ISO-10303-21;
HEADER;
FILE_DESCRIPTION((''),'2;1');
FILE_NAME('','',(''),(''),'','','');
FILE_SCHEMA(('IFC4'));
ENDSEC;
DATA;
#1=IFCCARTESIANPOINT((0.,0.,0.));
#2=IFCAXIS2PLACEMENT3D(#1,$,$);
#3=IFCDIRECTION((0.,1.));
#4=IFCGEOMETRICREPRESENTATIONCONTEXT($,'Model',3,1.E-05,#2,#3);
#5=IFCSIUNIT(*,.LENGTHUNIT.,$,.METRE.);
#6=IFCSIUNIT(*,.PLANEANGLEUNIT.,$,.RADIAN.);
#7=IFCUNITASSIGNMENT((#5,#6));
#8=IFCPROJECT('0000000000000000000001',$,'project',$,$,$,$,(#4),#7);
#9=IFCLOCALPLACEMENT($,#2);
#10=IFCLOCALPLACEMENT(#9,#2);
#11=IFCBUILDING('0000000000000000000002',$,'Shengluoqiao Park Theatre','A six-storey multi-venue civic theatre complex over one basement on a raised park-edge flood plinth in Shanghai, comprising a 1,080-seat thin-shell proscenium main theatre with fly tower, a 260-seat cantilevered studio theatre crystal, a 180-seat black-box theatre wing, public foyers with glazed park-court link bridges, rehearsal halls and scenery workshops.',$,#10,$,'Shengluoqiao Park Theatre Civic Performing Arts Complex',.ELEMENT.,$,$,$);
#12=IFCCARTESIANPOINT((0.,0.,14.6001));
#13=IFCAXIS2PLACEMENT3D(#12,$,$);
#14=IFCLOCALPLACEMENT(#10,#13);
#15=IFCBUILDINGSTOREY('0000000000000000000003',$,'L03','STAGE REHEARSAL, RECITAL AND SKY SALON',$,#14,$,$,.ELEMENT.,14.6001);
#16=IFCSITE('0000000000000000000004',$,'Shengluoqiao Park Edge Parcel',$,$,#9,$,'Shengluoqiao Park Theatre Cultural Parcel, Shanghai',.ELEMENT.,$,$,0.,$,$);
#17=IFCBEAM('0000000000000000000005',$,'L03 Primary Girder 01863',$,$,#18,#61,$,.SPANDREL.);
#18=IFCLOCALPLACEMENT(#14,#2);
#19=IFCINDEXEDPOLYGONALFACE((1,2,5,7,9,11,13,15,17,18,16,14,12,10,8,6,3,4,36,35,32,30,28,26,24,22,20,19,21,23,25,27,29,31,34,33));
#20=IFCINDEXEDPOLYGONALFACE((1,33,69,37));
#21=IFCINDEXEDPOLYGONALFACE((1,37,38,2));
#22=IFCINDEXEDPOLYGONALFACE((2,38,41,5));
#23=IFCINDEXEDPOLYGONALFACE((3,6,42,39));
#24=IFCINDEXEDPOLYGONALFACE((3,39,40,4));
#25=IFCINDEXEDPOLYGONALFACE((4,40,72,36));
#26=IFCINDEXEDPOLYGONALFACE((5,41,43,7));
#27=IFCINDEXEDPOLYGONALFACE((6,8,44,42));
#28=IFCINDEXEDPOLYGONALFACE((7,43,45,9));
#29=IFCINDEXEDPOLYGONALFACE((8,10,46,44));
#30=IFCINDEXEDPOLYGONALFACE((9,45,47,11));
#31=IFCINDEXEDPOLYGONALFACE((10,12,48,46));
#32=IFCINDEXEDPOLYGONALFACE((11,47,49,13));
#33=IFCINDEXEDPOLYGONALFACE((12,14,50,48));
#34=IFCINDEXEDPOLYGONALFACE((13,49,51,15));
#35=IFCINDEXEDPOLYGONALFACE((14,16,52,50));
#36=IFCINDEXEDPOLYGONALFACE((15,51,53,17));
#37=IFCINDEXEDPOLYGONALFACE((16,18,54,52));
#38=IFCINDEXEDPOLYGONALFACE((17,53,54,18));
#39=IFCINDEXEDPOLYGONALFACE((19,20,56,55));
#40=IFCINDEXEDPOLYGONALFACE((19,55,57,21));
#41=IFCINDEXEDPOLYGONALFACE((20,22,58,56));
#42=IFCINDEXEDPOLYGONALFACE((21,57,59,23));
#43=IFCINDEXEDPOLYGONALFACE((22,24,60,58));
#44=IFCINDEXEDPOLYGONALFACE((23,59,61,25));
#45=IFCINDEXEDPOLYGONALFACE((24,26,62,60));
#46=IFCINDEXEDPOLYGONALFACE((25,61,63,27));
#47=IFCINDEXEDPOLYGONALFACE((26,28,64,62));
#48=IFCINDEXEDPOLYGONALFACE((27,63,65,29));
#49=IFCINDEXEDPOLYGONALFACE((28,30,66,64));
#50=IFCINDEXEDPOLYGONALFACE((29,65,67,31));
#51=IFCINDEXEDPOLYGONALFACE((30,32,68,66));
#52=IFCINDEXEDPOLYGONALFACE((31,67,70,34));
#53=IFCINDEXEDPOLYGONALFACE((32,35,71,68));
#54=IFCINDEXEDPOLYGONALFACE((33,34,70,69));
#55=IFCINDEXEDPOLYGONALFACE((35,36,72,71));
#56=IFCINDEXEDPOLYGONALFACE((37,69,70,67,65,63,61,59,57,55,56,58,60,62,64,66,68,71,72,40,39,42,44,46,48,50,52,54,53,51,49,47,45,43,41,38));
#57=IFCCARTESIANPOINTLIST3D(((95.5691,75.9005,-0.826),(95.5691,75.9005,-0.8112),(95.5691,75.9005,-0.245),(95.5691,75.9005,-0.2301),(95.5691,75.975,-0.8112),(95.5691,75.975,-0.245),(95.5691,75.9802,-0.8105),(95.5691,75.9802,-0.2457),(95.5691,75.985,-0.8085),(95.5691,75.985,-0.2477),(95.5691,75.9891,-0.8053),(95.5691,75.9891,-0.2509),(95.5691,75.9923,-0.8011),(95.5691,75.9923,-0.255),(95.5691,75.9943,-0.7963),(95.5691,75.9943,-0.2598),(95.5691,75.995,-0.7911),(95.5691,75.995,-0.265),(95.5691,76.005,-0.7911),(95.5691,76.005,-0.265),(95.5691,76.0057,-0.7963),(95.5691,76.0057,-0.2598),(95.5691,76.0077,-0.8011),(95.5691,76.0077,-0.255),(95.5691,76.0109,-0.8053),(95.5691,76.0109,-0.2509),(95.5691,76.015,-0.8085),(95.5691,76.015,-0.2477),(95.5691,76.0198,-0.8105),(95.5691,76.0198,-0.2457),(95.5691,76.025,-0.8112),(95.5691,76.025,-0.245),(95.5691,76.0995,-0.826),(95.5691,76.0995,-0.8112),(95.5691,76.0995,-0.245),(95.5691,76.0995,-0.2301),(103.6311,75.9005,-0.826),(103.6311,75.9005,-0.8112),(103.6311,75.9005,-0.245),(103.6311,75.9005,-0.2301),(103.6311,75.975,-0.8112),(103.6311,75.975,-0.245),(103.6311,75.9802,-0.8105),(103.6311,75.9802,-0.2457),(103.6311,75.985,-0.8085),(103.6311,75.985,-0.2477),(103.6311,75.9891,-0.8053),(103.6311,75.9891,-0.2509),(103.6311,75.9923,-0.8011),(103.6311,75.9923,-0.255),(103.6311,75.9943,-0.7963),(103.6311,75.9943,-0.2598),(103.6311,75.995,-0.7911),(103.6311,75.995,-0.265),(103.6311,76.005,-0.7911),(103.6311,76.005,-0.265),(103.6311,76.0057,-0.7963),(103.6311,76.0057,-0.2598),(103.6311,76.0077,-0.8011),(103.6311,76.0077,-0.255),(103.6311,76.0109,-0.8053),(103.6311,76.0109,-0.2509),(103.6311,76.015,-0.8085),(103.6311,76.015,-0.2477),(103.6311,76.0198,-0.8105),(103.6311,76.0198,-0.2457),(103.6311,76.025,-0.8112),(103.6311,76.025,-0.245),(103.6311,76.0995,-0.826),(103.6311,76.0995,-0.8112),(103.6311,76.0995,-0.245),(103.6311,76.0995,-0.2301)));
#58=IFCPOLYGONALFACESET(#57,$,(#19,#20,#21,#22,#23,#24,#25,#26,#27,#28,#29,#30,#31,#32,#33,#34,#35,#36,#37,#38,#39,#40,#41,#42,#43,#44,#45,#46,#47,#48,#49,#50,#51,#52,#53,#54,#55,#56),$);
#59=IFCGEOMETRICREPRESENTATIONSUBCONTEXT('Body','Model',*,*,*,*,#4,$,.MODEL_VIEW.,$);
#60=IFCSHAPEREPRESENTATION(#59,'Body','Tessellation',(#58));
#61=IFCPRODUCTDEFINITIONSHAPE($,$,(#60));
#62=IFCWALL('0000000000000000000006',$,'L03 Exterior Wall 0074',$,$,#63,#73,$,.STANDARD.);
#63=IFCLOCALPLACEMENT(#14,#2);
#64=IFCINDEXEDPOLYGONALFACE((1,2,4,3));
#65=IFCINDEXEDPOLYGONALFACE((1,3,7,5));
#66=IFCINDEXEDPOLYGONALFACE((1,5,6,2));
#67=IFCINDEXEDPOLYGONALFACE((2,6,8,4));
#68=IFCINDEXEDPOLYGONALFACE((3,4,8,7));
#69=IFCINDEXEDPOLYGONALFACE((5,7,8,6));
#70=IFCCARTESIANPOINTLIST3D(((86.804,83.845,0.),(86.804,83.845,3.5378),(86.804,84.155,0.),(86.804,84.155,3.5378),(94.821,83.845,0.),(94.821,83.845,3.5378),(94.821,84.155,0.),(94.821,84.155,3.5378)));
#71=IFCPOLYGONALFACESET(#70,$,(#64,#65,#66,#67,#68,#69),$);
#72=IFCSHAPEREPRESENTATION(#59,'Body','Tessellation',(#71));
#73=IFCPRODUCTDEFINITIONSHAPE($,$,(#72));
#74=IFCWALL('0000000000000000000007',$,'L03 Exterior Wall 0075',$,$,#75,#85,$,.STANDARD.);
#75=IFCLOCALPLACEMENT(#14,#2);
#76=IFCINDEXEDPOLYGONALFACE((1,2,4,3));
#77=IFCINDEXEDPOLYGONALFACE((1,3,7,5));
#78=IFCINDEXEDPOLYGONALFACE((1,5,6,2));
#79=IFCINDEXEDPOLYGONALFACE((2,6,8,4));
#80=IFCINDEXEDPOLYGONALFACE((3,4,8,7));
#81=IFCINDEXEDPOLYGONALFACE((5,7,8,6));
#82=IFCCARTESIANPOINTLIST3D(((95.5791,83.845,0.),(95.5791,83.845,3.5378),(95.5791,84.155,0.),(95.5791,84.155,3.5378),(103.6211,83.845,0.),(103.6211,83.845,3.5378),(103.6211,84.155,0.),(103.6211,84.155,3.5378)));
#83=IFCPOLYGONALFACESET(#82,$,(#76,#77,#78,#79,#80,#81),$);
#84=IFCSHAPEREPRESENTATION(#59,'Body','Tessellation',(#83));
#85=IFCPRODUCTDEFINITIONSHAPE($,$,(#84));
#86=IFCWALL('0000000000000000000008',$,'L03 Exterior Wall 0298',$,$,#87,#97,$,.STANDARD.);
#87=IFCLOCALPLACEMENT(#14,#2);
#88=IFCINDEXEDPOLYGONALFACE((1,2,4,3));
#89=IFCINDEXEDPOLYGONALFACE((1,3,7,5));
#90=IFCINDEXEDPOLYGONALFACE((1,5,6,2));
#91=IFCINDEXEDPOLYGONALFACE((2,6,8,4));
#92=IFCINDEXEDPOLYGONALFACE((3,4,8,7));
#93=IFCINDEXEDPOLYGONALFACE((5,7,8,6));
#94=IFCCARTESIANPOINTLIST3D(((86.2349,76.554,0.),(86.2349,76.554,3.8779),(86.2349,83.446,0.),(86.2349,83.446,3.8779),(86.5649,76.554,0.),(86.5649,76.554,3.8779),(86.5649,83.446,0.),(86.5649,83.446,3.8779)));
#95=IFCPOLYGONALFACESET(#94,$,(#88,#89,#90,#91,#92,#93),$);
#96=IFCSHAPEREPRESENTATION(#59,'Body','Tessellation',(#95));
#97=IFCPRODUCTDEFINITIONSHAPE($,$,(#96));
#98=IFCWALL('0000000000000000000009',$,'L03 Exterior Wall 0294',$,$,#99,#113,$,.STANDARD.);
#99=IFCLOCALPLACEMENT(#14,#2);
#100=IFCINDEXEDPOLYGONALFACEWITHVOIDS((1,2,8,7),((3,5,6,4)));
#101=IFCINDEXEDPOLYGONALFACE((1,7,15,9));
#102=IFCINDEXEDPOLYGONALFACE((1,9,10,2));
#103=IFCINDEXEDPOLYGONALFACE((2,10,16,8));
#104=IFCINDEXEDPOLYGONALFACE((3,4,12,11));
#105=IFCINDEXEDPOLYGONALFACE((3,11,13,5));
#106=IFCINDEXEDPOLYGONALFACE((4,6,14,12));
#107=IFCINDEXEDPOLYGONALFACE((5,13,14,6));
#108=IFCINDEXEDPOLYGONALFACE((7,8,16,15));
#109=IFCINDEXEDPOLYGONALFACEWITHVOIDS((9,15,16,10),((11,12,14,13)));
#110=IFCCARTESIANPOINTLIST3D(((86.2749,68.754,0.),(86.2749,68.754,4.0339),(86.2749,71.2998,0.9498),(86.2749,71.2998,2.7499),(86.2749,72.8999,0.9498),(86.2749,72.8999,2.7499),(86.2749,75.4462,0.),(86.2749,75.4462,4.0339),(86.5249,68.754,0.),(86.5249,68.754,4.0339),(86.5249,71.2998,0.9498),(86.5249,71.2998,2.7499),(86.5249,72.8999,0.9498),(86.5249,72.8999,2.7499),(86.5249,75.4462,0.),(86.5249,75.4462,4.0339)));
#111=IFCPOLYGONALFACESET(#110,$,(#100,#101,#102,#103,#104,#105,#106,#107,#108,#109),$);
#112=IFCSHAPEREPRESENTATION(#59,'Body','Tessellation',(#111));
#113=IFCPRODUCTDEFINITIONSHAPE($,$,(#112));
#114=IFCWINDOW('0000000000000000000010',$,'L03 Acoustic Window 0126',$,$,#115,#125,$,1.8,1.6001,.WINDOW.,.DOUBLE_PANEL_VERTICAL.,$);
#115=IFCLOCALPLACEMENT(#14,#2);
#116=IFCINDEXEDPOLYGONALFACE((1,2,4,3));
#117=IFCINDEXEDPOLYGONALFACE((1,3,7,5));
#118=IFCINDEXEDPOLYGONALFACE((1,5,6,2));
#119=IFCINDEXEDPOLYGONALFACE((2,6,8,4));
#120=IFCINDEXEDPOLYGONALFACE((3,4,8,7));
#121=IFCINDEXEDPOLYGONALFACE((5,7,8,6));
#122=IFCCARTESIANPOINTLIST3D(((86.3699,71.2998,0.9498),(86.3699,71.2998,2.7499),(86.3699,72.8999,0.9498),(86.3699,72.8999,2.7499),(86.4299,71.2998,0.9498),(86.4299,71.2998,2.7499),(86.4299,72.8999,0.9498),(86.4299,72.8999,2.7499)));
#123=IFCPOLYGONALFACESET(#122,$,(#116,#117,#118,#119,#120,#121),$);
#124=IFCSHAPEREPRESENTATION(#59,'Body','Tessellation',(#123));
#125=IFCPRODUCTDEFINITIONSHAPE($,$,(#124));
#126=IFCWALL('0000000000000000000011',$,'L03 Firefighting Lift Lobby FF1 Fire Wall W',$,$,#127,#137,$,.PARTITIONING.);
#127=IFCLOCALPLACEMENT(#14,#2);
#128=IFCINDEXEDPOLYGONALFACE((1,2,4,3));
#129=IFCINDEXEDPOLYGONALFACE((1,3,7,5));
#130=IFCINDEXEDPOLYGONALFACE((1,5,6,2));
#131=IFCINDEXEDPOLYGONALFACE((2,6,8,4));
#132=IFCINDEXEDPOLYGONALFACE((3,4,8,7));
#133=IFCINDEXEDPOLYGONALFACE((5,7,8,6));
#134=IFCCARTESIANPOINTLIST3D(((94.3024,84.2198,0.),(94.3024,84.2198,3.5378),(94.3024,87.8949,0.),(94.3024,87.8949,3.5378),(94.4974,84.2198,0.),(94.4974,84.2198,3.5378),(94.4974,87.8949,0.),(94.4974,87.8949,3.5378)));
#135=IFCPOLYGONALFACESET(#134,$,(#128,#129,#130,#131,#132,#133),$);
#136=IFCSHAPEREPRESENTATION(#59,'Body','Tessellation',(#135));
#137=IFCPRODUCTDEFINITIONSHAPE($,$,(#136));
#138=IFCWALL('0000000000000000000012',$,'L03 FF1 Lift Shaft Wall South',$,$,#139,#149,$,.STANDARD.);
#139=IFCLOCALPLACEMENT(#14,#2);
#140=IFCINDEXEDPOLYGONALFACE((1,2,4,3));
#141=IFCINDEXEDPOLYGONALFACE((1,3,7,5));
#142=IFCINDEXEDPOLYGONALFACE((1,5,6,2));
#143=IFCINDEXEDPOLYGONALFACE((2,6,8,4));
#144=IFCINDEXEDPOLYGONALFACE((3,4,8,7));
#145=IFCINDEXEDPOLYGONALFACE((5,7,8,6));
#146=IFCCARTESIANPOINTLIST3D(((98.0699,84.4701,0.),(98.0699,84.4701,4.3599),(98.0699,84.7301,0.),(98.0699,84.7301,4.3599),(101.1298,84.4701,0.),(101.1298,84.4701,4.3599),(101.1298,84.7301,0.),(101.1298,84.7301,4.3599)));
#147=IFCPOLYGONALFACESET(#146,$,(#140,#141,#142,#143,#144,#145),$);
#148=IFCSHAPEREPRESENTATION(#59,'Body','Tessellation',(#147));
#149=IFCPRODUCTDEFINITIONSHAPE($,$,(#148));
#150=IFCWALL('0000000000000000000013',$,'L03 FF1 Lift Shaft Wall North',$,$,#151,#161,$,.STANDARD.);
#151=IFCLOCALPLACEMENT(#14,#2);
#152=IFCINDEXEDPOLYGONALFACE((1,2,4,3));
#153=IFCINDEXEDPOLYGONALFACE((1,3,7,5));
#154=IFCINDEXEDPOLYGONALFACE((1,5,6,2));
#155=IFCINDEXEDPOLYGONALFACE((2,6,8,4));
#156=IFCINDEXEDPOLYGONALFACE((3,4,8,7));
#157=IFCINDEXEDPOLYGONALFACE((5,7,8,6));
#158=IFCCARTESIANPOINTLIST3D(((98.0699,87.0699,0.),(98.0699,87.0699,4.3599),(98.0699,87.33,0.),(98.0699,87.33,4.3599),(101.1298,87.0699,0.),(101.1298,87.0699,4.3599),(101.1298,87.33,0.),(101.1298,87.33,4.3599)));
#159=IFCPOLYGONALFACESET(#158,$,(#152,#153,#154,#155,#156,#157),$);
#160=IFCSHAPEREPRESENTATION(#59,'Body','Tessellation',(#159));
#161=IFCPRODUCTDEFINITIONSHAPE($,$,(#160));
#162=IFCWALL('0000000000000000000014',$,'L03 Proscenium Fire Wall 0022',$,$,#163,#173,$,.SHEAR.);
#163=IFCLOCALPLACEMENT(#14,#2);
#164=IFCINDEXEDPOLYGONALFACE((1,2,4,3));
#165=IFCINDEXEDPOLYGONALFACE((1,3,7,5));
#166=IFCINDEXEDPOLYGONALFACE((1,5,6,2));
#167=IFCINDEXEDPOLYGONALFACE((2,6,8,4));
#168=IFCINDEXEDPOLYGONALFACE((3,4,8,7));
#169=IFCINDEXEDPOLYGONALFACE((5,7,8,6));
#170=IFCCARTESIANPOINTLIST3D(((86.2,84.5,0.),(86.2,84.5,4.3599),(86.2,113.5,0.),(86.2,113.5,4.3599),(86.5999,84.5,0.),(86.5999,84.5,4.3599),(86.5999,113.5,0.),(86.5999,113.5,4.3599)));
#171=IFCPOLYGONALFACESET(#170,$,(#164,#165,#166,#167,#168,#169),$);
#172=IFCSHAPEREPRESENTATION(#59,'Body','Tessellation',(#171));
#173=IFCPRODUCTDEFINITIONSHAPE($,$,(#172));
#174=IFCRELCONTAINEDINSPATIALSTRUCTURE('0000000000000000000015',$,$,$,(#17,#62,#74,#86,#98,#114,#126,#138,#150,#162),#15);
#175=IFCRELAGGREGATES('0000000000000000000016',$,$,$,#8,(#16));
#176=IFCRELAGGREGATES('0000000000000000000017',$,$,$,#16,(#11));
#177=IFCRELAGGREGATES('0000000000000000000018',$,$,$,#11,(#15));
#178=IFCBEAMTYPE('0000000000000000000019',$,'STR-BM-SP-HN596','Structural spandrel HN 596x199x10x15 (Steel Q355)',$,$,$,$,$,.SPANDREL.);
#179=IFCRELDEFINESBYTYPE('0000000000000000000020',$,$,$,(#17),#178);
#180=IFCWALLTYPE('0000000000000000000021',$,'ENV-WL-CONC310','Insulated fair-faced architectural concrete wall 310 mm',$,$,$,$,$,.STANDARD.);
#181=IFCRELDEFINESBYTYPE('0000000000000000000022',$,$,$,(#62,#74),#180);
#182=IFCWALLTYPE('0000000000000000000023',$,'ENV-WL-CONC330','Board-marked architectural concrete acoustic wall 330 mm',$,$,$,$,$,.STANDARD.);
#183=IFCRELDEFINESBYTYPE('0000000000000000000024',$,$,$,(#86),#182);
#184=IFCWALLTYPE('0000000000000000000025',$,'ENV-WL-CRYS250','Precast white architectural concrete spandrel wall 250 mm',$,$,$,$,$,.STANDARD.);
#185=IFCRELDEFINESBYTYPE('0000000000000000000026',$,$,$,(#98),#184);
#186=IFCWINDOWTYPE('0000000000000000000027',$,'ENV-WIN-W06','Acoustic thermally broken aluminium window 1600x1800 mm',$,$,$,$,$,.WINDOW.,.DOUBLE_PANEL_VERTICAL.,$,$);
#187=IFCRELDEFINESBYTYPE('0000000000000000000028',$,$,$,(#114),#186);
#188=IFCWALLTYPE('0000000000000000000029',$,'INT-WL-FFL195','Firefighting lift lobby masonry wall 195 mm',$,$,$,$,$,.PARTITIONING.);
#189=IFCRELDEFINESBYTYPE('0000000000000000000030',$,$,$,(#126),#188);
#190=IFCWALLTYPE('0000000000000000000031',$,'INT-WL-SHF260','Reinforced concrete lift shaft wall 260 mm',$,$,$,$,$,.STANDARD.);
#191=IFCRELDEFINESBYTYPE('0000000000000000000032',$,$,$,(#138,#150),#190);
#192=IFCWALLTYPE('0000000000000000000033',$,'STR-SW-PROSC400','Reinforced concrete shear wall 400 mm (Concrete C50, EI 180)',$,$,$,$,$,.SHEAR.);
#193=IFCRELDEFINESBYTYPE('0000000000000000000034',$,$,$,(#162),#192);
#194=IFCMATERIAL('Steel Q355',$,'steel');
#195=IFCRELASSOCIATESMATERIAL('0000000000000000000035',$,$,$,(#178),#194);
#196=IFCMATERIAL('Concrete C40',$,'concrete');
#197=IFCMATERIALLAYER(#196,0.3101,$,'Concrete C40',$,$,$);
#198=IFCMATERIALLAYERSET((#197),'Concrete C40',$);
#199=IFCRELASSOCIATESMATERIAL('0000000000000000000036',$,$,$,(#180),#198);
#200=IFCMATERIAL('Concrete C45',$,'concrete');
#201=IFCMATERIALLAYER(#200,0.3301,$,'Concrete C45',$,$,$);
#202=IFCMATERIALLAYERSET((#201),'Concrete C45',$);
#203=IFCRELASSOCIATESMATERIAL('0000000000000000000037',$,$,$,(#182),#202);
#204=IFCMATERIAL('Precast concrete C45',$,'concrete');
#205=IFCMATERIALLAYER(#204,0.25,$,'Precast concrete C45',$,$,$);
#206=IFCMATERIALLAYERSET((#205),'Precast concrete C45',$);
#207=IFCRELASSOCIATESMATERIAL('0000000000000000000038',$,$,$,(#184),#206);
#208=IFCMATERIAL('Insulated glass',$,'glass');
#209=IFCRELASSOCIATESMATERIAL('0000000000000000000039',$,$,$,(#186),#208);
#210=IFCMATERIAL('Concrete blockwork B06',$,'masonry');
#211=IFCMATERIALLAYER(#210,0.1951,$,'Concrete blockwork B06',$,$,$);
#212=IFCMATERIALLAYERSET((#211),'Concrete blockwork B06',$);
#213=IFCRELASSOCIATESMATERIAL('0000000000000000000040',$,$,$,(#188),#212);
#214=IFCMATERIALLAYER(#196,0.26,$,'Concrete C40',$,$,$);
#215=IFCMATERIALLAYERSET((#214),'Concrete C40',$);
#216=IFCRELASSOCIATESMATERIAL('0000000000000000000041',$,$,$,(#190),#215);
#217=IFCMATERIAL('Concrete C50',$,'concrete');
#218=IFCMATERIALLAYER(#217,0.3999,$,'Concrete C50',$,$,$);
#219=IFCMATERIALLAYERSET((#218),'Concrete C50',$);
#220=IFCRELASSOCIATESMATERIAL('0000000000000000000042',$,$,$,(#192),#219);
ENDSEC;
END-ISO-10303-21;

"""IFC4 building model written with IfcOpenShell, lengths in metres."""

from ifc_helpers import new_model, si_unit, direction, frame, frame_2d, origin, origin_2d, place, context, subcontext, project, spatial, rectangle, i_section, extrude, material, layer, layer_set, material_profile, profile_set, type_object, element, fill, save


model = new_model("IFC4")

# Units and contexts
model_context = context("Model", 3, precision=1e-05, world=origin(), true_north=direction((0.0, 1.0)))
body_context = subcontext(model_context, "Body", "Model", "MODEL_VIEW")
ifc_project = project(units=[si_unit("LENGTHUNIT", "METRE"), si_unit("PLANEANGLEUNIT", "RADIAN")], contexts=[model_context])

# Site, building, storey
site_placement = place(None, origin())
site = spatial("IfcSite", under=ifc_project, at=site_placement, Name="Shengluoqiao Park Edge Parcel", LongName="Shengluoqiao Park Theatre Cultural Parcel, Shanghai", CompositionType="ELEMENT", RefElevation=0.0)
building_placement = place(site_placement, origin())
building = spatial("IfcBuilding", under=site, at=building_placement, Name="Shengluoqiao Park Theatre", Description="A six-storey multi-venue civic theatre complex over one basement on a raised park-edge flood plinth in Shanghai, comprising a 1,080-seat thin-shell proscenium main theatre with fly tower, a 260-seat cantilevered studio theatre crystal, a 180-seat black-box theatre wing, public foyers with glazed park-court link bridges, rehearsal halls and scenery workshops.", LongName="Shengluoqiao Park Theatre Civic Performing Arts Complex", CompositionType="ELEMENT")
storey_placement = place(building_placement, frame((0.0, 0.0, 14.6001)))
storey = spatial("IfcBuildingStorey", under=building, at=storey_placement, Name="L03", Description="STAGE REHEARSAL, RECITAL AND SKY SALON", CompositionType="ELEMENT", Elevation=14.6001)

# Shared definitions
ifc_material_1 = material(Name="Concrete C50", Category="concrete")

# Beam
ifc_material_2 = material(Name="Steel Q355", Category="steel")
ifc_material_profile_1 = material_profile(ifc_material_2, i_section(OverallWidth=0.199, OverallDepth=0.5959, WebThickness=0.01, FlangeThickness=0.0149, FilletRadius=0.02, at=origin_2d()), Name="HN 596x199x10x15")
ifc_profile_set_1 = profile_set([ifc_material_profile_1], Name="Steel Q355")
beam_type_1 = type_object("IfcBeamType", Name="STR-BM-SP-HN596", Description="Structural spandrel HN 596x199x10x15 (Steel Q355)", PredefinedType="SPANDREL", material=ifc_profile_set_1)
beam_1_placement = place(storey_placement, frame((95.5691, 76.0, -0.5281), z_axis=(1.0, 0.0, 0.0), x_axis=(0.0, 1.0, 0.0)))
element("IfcBeam", 1, at=beam_1_placement, inside=storey, type_object=beam_type_1, Name="L03 Primary Girder 01863", PredefinedType="SPANDREL", context=body_context, shape_type="SweptSolid", body=[
    extrude(i_section(OverallWidth=0.199, OverallDepth=0.5959, WebThickness=0.01, FlangeThickness=0.0149, FilletRadius=0.02, at=origin_2d()), origin(), (0.0, 0.0, 1.0), 8.062),
])

# Walls
ifc_material_3 = material(Name="Concrete C40", Category="concrete")
ifc_layer_1 = layer(ifc_material_3, 0.3101, Name="Concrete C40")
ifc_layer_set_1 = layer_set([ifc_layer_1], Name="Concrete C40")
wall_type_1 = type_object("IfcWallType", Name="ENV-WL-CONC310", Description="Insulated fair-faced architectural concrete wall 310 mm", PredefinedType="STANDARD", material=ifc_layer_set_1)
wall_1_placement = place(storey_placement, frame((86.804, 84.0, 0.0), z_axis=(0.0, 0.0, 1.0), x_axis=(1.0, 0.0, 0.0)))
element("IfcWall", 2, at=wall_1_placement, inside=storey, type_object=wall_type_1, Name="L03 Exterior Wall 0074", PredefinedType="STANDARD", context=body_context, shape_type="SweptSolid", body=[
    extrude(rectangle(XDim=8.0171, YDim=0.3101, at=frame_2d((4.0085, 0.0))), origin(), (0.0, 0.0, 1.0), 3.5378),
])
wall_2_placement = place(storey_placement, frame((95.5791, 84.0, 0.0), z_axis=(0.0, 0.0, 1.0), x_axis=(1.0, 0.0, 0.0)))
element("IfcWall", 3, at=wall_2_placement, inside=storey, type_object=wall_type_1, Name="L03 Exterior Wall 0075", PredefinedType="STANDARD", context=body_context, shape_type="SweptSolid", body=[
    extrude(rectangle(XDim=8.042, YDim=0.3101, at=frame_2d((4.021, 0.0))), origin(), (0.0, 0.0, 1.0), 3.5378),
])
ifc_material_4 = material(Name="Concrete C45", Category="concrete")
ifc_layer_2 = layer(ifc_material_4, 0.3301, Name="Concrete C45")
ifc_layer_set_2 = layer_set([ifc_layer_2], Name="Concrete C45")
wall_type_2 = type_object("IfcWallType", Name="ENV-WL-CONC330", Description="Board-marked architectural concrete acoustic wall 330 mm", PredefinedType="STANDARD", material=ifc_layer_set_2)
wall_3_placement = place(storey_placement, frame((86.3999, 76.554, 0.0), z_axis=(0.0, 0.0, 1.0), x_axis=(0.0, 1.0, 0.0)))
element("IfcWall", 4, at=wall_3_placement, inside=storey, type_object=wall_type_2, Name="L03 Exterior Wall 0298", PredefinedType="STANDARD", context=body_context, shape_type="SweptSolid", body=[
    extrude(rectangle(XDim=6.8921, YDim=0.3301, at=frame_2d((3.446, 0.0))), origin(), (0.0, 0.0, 1.0), 3.8779),
])

# Wall, opening, window
ifc_material_5 = material(Name="Precast concrete C45", Category="concrete")
ifc_layer_3 = layer(ifc_material_5, 0.25, Name="Precast concrete C45")
ifc_layer_set_3 = layer_set([ifc_layer_3], Name="Precast concrete C45")
wall_type_3 = type_object("IfcWallType", Name="ENV-WL-CRYS250", Description="Precast white architectural concrete spandrel wall 250 mm", PredefinedType="STANDARD", material=ifc_layer_set_3)
wall_4_placement = place(storey_placement, frame((86.3999, 68.7539, 0.0), z_axis=(0.0, 0.0, 1.0), x_axis=(0.0, 1.0, 0.0)))
wall_4 = element("IfcWall", 5, at=wall_4_placement, inside=storey, type_object=wall_type_3, Name="L03 Exterior Wall 0294", PredefinedType="STANDARD", context=body_context, shape_type="SweptSolid", body=[
    extrude(rectangle(XDim=6.6921, YDim=0.25, at=frame_2d((3.3462, 0.0))), origin(), (0.0, 0.0, 1.0), 4.0339),
])
opening_1_placement = place(wall_4_placement, frame((2.5459, 0.0, 0.95)))
opening_1 = element("IfcOpeningElement", 6, at=opening_1_placement, cuts=wall_4, PredefinedType="OPENING", context=body_context, shape_type="SweptSolid", body=[
    extrude(rectangle(XDim=1.6001, YDim=1.8, at=frame_2d((0.8, 0.8999))), frame((0.0, 0.135, 0.0), z_axis=(0.0, -1.0, 0.0), x_axis=(1.0, 0.0, 0.0)), (0.0, 0.0, 1.0), 0.27),
])
ifc_material_6 = material(Name="Insulated glass", Category="glass")
window_type = type_object("IfcWindowType", Name="ENV-WIN-W06", Description="Acoustic thermally broken aluminium window 1600x1800 mm", PartitioningType="DOUBLE_PANEL_VERTICAL", PredefinedType="WINDOW", material=ifc_material_6)
window_placement = place(opening_1_placement, origin())
window = element("IfcWindow", 7, at=window_placement, inside=storey, type_object=window_type, Name="L03 Acoustic Window 0126", OverallHeight=1.8, OverallWidth=1.6001, PartitioningType="DOUBLE_PANEL_VERTICAL", PredefinedType="WINDOW", context=body_context, shape_type="SweptSolid", body=[
    extrude(rectangle(XDim=1.6001, YDim=1.8, at=frame_2d((0.8, 0.8999))), frame((0.0, 0.03, 0.0), z_axis=(0.0, -1.0, 0.0), x_axis=(1.0, 0.0, 0.0)), (0.0, 0.0, 1.0), 0.0601),
])
fill(opening_1, window)

# Walls
ifc_material_7 = material(Name="Concrete blockwork B06", Category="masonry")
ifc_layer_4 = layer(ifc_material_7, 0.1951, Name="Concrete blockwork B06")
ifc_layer_set_4 = layer_set([ifc_layer_4], Name="Concrete blockwork B06")
wall_type_4 = type_object("IfcWallType", Name="INT-WL-FFL195", Description="Firefighting lift lobby masonry wall 195 mm", PredefinedType="PARTITIONING", material=ifc_layer_set_4)
wall_5_placement = place(storey_placement, frame((94.3999, 84.22, 0.0), z_axis=(0.0, 0.0, 1.0), x_axis=(0.0, 1.0, 0.0)))
element("IfcWall", 8, at=wall_5_placement, inside=storey, type_object=wall_type_4, Name="L03 Firefighting Lift Lobby FF1 Fire Wall W", PredefinedType="PARTITIONING", context=body_context, shape_type="SweptSolid", body=[
    extrude(rectangle(XDim=3.675, YDim=0.1951, at=frame_2d((1.8374, 0.0))), origin(), (0.0, 0.0, 1.0), 3.5378),
])
ifc_layer_5 = layer(ifc_material_3, 0.26, Name="Concrete C40")
ifc_layer_set_5 = layer_set([ifc_layer_5], Name="Concrete C40")
wall_type_5 = type_object("IfcWallType", Name="INT-WL-SHF260", Description="Reinforced concrete lift shaft wall 260 mm", PredefinedType="STANDARD", material=ifc_layer_set_5)
for number, where, z_axis, x_axis, name in (
    (9, (98.0701, 84.6001, 0.0), (0.0, 0.0, 1.0), (1.0, 0.0, 0.0), "L03 FF1 Lift Shaft Wall South"),
    (10, (98.0701, 87.2, 0.0), (0.0, 0.0, 1.0), (1.0, 0.0, 0.0), "L03 FF1 Lift Shaft Wall North"),
):
    element("IfcWall", number, at=place(storey_placement, frame(where, z_axis=z_axis, x_axis=x_axis)), inside=storey, type_object=wall_type_5, Name=name, PredefinedType="STANDARD", context=body_context, shape_type="SweptSolid", body=[
        extrude(rectangle(XDim=3.0598, YDim=0.26, at=frame_2d((1.5298, 0.0))), origin(), (0.0, 0.0, 1.0), 4.3599),
    ])

# Wall
ifc_layer_6 = layer(ifc_material_1, 0.3999, Name="Concrete C50")
ifc_layer_set_6 = layer_set([ifc_layer_6], Name="Concrete C50")
wall_type_6 = type_object("IfcWallType", Name="STR-SW-PROSC400", Description="Reinforced concrete shear wall 400 mm (Concrete C50, EI 180)", PredefinedType="SHEAR", material=ifc_layer_set_6)
wall_6_placement = place(storey_placement, frame((86.3999, 84.5, 0.0), z_axis=(0.0, 0.0, 1.0), x_axis=(0.0, 1.0, 0.0)))
element("IfcWall", 11, at=wall_6_placement, inside=storey, type_object=wall_type_6, Name="L03 Proscenium Fire Wall 0022", PredefinedType="SHEAR", context=body_context, shape_type="SweptSolid", body=[
    extrude(rectangle(XDim=29.0, YDim=0.3999, at=frame_2d((14.5, 0.0))), origin(), (0.0, 0.0, 1.0), 4.3599),
])

save(model, "model.ifc")
